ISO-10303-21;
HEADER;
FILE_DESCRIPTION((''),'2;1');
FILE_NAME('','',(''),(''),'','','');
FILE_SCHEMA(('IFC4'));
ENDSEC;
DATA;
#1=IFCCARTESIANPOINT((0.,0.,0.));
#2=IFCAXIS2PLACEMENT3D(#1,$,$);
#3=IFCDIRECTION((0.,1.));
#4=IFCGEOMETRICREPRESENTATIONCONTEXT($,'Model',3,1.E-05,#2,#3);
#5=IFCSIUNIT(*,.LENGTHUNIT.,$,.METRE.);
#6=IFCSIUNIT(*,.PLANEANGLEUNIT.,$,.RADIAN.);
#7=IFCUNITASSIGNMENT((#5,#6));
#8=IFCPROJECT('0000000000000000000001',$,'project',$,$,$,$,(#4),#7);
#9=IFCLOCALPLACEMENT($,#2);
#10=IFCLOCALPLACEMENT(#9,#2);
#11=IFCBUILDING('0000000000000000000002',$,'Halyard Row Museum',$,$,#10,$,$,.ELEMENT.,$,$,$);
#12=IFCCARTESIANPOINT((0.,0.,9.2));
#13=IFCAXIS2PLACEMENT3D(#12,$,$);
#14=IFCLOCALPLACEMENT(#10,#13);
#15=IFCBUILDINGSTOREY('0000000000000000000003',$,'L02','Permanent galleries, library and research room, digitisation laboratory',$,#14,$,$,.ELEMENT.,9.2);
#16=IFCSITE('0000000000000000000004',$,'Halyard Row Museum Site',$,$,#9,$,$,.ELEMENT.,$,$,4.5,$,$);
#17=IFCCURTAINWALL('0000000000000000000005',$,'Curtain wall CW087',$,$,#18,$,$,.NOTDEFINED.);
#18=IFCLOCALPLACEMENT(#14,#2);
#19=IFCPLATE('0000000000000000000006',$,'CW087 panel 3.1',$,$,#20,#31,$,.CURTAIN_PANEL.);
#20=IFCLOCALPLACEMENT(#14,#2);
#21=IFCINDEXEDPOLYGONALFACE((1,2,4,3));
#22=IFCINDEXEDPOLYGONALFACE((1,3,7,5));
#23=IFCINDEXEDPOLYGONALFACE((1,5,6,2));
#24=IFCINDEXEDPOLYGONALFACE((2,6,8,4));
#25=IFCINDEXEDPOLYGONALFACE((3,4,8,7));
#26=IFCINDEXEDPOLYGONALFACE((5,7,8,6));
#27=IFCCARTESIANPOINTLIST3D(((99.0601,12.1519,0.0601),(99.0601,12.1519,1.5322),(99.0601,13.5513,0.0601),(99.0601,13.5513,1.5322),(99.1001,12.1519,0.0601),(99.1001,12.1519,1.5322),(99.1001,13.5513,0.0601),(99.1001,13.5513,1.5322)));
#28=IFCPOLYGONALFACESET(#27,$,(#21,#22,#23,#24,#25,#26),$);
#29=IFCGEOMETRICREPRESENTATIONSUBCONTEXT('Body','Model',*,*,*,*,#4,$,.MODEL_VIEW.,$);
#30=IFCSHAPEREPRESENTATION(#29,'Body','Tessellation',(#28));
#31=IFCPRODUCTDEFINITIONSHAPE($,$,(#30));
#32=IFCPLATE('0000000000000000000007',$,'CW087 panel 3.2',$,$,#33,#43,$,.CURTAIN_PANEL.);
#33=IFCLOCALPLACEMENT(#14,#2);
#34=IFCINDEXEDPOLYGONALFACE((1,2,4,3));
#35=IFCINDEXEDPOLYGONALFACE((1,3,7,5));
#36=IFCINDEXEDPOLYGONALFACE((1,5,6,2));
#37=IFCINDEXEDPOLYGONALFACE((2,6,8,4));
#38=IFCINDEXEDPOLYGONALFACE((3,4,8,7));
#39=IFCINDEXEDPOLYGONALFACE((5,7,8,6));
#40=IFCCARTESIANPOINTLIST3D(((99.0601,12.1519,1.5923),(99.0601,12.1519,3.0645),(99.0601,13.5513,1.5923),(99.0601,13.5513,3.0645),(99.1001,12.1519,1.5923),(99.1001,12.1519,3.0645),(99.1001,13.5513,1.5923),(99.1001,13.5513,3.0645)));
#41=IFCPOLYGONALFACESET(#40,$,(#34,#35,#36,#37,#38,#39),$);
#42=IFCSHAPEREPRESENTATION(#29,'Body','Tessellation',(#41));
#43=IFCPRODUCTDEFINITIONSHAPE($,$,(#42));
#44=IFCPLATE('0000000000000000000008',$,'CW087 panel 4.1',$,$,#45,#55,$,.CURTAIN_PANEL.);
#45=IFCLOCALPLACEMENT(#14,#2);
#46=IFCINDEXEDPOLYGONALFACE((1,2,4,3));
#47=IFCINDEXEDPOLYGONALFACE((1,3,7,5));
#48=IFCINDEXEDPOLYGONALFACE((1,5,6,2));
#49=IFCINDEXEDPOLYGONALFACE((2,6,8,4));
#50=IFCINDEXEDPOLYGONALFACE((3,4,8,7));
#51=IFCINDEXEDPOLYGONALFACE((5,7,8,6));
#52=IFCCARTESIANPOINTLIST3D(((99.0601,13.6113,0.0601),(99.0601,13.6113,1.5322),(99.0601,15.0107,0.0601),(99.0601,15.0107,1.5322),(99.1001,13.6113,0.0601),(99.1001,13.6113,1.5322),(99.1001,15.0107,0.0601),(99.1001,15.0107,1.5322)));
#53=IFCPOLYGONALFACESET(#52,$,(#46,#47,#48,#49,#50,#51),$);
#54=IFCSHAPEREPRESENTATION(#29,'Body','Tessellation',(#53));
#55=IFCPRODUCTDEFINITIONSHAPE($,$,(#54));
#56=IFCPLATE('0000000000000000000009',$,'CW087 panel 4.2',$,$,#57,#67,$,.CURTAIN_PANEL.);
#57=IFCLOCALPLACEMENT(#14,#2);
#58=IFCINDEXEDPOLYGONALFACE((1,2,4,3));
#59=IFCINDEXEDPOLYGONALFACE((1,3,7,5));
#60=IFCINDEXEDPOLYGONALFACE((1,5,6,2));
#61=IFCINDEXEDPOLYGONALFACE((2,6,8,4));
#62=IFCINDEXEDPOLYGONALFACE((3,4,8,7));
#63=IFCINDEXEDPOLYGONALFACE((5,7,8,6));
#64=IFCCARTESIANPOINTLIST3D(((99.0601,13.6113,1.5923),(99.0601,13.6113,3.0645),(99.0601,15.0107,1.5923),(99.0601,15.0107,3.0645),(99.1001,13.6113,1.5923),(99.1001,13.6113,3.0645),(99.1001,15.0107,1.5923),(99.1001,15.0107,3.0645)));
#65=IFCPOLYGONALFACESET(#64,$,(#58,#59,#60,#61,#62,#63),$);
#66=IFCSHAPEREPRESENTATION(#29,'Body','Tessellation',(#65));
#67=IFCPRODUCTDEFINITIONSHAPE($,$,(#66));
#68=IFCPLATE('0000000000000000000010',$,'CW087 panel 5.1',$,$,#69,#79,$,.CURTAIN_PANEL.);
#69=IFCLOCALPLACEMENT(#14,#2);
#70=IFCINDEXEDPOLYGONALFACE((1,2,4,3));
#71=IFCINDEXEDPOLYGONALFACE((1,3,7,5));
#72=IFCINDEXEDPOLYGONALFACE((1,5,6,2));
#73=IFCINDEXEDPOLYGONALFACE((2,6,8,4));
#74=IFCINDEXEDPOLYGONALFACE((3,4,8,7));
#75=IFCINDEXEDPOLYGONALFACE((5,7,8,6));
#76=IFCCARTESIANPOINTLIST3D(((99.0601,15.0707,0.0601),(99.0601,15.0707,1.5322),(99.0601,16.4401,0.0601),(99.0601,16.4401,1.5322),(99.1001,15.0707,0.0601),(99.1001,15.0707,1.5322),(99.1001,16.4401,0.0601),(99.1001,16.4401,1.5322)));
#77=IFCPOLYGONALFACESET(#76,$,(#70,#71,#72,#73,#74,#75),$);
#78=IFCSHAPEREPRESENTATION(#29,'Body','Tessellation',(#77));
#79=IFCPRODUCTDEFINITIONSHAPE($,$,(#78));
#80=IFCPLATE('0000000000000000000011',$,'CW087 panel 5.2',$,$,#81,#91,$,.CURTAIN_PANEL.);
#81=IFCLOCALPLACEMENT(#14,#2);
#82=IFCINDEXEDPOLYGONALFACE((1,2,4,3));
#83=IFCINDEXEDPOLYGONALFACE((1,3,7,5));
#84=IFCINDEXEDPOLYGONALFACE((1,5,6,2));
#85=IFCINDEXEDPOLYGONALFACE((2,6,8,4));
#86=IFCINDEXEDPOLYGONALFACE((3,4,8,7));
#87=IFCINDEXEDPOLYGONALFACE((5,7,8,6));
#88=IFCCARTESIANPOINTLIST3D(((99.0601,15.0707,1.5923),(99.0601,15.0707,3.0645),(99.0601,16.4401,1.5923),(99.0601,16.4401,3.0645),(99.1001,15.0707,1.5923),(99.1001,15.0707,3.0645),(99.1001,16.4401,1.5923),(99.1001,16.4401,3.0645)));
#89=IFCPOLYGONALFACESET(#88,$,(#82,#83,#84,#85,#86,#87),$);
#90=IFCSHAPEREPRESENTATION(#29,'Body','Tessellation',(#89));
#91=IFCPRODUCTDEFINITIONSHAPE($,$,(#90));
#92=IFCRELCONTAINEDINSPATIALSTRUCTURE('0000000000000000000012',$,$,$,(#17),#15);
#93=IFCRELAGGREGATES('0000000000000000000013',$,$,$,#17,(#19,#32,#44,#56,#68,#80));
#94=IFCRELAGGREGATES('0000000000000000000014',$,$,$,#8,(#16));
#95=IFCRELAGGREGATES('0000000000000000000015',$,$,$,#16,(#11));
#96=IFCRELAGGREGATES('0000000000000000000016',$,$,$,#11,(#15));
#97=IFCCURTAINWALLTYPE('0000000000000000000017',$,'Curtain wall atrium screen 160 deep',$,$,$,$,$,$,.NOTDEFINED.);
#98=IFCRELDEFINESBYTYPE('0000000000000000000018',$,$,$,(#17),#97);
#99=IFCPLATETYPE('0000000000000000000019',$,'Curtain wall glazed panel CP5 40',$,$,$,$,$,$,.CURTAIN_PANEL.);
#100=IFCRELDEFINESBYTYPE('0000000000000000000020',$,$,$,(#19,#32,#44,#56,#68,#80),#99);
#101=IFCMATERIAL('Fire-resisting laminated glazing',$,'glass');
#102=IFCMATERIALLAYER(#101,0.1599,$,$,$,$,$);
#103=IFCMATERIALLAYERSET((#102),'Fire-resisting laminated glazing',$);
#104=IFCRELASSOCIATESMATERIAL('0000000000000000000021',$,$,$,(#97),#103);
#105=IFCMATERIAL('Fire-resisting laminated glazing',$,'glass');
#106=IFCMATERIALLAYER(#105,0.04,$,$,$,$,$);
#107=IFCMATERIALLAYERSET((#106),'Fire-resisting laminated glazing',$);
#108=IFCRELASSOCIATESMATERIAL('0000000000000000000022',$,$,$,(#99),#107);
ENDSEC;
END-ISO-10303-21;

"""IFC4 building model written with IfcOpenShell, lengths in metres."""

from ifc_helpers import new_model, si_unit, direction, frame, origin, origin_2d, place, context, subcontext, project, spatial, rectangle, extrude, material, layer, layer_set, type_object, element, aggregate, save


model = new_model("IFC4")

# Units and contexts
model_context = context("Model", 3, precision=1e-05, world=origin(), true_north=direction((0.0, 1.0)))
body_context = subcontext(model_context, "Body", "Model", "MODEL_VIEW")
ifc_project = project(units=[si_unit("LENGTHUNIT", "METRE"), si_unit("PLANEANGLEUNIT", "RADIAN")], contexts=[model_context])

# Site, building, storey
site_placement = place(None, origin())
site = spatial("IfcSite", under=ifc_project, at=site_placement, Name="Halyard Row Museum Site", CompositionType="ELEMENT", RefElevation=4.5)
building_placement = place(site_placement, origin())
building = spatial("IfcBuilding", under=site, at=building_placement, Name="Halyard Row Museum", CompositionType="ELEMENT")
storey_placement = place(building_placement, frame((0.0, 0.0, 9.2)))
storey = spatial("IfcBuildingStorey", under=building, at=storey_placement, Name="L02", Description="Permanent galleries, library and research room, digitisation laboratory", CompositionType="ELEMENT", Elevation=9.2)

# Curtain wall
ifc_material_1 = material(Name="Fire-resisting laminated glazing", Category="glass")
ifc_layer_1 = layer(ifc_material_1, 0.1599)
ifc_layer_set_1 = layer_set([ifc_layer_1], Name="Fire-resisting laminated glazing")
curtain_wall_type_1 = type_object("IfcCurtainWallType", Name="Curtain wall atrium screen 160 deep", PredefinedType="NOTDEFINED", material=ifc_layer_set_1)
curtain_wall_1_placement = place(storey_placement, origin())
curtain_wall_1 = element("IfcCurtainWall", 1, at=curtain_wall_1_placement, inside=storey, type_object=curtain_wall_type_1, Name="Curtain wall CW087", PredefinedType="NOTDEFINED")

# Plates
ifc_material_2 = material(Name="Fire-resisting laminated glazing", Category="glass")
ifc_layer_2 = layer(ifc_material_2, 0.04)
ifc_layer_set_2 = layer_set([ifc_layer_2], Name="Fire-resisting laminated glazing")
plate_type_1 = type_object("IfcPlateType", Name="Curtain wall glazed panel CP5 40", PredefinedType="CURTAIN_PANEL", material=ifc_layer_set_2)
plate_1_placement = place(storey_placement, frame((99.0801, 12.8516, 0.0601), z_axis=(0.0, 0.0, 1.0), x_axis=(0.0, 1.0, 0.0)))
plate_1 = element("IfcPlate", 2, at=plate_1_placement, type_object=plate_type_1, Name="CW087 panel 3.1", PredefinedType="CURTAIN_PANEL", context=body_context, shape_type="SweptSolid", body=[
    extrude(rectangle(XDim=1.3994, YDim=0.04, at=origin_2d()), origin(), (0.0, 0.0, 1.0), 1.4722),
])
plate_2_placement = place(storey_placement, frame((99.0801, 12.8516, 1.5923), z_axis=(0.0, 0.0, 1.0), x_axis=(0.0, 1.0, 0.0)))
plate_2 = element("IfcPlate", 3, at=plate_2_placement, type_object=plate_type_1, Name="CW087 panel 3.2", PredefinedType="CURTAIN_PANEL", context=body_context, shape_type="SweptSolid", body=[
    extrude(rectangle(XDim=1.3994, YDim=0.04, at=origin_2d()), origin(), (0.0, 0.0, 1.0), 1.4722),
])
plate_3_placement = place(storey_placement, frame((99.0801, 14.311, 0.0601), z_axis=(0.0, 0.0, 1.0), x_axis=(0.0, 1.0, 0.0)))
plate_3 = element("IfcPlate", 4, at=plate_3_placement, type_object=plate_type_1, Name="CW087 panel 4.1", PredefinedType="CURTAIN_PANEL", context=body_context, shape_type="SweptSolid", body=[
    extrude(rectangle(XDim=1.3994, YDim=0.04, at=origin_2d()), origin(), (0.0, 0.0, 1.0), 1.4722),
])
plate_4_placement = place(storey_placement, frame((99.0801, 14.311, 1.5923), z_axis=(0.0, 0.0, 1.0), x_axis=(0.0, 1.0, 0.0)))
plate_4 = element("IfcPlate", 5, at=plate_4_placement, type_object=plate_type_1, Name="CW087 panel 4.2", PredefinedType="CURTAIN_PANEL", context=body_context, shape_type="SweptSolid", body=[
    extrude(rectangle(XDim=1.3994, YDim=0.04, at=origin_2d()), origin(), (0.0, 0.0, 1.0), 1.4722),
])
plate_5_placement = place(storey_placement, frame((99.0801, 15.7554, 0.0601), z_axis=(0.0, 0.0, 1.0), x_axis=(0.0, 1.0, 0.0)))
plate_5 = element("IfcPlate", 6, at=plate_5_placement, type_object=plate_type_1, Name="CW087 panel 5.1", PredefinedType="CURTAIN_PANEL", context=body_context, shape_type="SweptSolid", body=[
    extrude(rectangle(XDim=1.3694, YDim=0.04, at=origin_2d()), origin(), (0.0, 0.0, 1.0), 1.4722),
])
plate_6_placement = place(storey_placement, frame((99.0801, 15.7554, 1.5923), z_axis=(0.0, 0.0, 1.0), x_axis=(0.0, 1.0, 0.0)))
plate_6 = element("IfcPlate", 7, at=plate_6_placement, type_object=plate_type_1, Name="CW087 panel 5.2", PredefinedType="CURTAIN_PANEL", context=body_context, shape_type="SweptSolid", body=[
    extrude(rectangle(XDim=1.3694, YDim=0.04, at=origin_2d()), origin(), (0.0, 0.0, 1.0), 1.4722),
])
aggregate(curtain_wall_1, [plate_1, plate_2, plate_3, plate_4, plate_5, plate_6])

save(model, "model.ifc")
